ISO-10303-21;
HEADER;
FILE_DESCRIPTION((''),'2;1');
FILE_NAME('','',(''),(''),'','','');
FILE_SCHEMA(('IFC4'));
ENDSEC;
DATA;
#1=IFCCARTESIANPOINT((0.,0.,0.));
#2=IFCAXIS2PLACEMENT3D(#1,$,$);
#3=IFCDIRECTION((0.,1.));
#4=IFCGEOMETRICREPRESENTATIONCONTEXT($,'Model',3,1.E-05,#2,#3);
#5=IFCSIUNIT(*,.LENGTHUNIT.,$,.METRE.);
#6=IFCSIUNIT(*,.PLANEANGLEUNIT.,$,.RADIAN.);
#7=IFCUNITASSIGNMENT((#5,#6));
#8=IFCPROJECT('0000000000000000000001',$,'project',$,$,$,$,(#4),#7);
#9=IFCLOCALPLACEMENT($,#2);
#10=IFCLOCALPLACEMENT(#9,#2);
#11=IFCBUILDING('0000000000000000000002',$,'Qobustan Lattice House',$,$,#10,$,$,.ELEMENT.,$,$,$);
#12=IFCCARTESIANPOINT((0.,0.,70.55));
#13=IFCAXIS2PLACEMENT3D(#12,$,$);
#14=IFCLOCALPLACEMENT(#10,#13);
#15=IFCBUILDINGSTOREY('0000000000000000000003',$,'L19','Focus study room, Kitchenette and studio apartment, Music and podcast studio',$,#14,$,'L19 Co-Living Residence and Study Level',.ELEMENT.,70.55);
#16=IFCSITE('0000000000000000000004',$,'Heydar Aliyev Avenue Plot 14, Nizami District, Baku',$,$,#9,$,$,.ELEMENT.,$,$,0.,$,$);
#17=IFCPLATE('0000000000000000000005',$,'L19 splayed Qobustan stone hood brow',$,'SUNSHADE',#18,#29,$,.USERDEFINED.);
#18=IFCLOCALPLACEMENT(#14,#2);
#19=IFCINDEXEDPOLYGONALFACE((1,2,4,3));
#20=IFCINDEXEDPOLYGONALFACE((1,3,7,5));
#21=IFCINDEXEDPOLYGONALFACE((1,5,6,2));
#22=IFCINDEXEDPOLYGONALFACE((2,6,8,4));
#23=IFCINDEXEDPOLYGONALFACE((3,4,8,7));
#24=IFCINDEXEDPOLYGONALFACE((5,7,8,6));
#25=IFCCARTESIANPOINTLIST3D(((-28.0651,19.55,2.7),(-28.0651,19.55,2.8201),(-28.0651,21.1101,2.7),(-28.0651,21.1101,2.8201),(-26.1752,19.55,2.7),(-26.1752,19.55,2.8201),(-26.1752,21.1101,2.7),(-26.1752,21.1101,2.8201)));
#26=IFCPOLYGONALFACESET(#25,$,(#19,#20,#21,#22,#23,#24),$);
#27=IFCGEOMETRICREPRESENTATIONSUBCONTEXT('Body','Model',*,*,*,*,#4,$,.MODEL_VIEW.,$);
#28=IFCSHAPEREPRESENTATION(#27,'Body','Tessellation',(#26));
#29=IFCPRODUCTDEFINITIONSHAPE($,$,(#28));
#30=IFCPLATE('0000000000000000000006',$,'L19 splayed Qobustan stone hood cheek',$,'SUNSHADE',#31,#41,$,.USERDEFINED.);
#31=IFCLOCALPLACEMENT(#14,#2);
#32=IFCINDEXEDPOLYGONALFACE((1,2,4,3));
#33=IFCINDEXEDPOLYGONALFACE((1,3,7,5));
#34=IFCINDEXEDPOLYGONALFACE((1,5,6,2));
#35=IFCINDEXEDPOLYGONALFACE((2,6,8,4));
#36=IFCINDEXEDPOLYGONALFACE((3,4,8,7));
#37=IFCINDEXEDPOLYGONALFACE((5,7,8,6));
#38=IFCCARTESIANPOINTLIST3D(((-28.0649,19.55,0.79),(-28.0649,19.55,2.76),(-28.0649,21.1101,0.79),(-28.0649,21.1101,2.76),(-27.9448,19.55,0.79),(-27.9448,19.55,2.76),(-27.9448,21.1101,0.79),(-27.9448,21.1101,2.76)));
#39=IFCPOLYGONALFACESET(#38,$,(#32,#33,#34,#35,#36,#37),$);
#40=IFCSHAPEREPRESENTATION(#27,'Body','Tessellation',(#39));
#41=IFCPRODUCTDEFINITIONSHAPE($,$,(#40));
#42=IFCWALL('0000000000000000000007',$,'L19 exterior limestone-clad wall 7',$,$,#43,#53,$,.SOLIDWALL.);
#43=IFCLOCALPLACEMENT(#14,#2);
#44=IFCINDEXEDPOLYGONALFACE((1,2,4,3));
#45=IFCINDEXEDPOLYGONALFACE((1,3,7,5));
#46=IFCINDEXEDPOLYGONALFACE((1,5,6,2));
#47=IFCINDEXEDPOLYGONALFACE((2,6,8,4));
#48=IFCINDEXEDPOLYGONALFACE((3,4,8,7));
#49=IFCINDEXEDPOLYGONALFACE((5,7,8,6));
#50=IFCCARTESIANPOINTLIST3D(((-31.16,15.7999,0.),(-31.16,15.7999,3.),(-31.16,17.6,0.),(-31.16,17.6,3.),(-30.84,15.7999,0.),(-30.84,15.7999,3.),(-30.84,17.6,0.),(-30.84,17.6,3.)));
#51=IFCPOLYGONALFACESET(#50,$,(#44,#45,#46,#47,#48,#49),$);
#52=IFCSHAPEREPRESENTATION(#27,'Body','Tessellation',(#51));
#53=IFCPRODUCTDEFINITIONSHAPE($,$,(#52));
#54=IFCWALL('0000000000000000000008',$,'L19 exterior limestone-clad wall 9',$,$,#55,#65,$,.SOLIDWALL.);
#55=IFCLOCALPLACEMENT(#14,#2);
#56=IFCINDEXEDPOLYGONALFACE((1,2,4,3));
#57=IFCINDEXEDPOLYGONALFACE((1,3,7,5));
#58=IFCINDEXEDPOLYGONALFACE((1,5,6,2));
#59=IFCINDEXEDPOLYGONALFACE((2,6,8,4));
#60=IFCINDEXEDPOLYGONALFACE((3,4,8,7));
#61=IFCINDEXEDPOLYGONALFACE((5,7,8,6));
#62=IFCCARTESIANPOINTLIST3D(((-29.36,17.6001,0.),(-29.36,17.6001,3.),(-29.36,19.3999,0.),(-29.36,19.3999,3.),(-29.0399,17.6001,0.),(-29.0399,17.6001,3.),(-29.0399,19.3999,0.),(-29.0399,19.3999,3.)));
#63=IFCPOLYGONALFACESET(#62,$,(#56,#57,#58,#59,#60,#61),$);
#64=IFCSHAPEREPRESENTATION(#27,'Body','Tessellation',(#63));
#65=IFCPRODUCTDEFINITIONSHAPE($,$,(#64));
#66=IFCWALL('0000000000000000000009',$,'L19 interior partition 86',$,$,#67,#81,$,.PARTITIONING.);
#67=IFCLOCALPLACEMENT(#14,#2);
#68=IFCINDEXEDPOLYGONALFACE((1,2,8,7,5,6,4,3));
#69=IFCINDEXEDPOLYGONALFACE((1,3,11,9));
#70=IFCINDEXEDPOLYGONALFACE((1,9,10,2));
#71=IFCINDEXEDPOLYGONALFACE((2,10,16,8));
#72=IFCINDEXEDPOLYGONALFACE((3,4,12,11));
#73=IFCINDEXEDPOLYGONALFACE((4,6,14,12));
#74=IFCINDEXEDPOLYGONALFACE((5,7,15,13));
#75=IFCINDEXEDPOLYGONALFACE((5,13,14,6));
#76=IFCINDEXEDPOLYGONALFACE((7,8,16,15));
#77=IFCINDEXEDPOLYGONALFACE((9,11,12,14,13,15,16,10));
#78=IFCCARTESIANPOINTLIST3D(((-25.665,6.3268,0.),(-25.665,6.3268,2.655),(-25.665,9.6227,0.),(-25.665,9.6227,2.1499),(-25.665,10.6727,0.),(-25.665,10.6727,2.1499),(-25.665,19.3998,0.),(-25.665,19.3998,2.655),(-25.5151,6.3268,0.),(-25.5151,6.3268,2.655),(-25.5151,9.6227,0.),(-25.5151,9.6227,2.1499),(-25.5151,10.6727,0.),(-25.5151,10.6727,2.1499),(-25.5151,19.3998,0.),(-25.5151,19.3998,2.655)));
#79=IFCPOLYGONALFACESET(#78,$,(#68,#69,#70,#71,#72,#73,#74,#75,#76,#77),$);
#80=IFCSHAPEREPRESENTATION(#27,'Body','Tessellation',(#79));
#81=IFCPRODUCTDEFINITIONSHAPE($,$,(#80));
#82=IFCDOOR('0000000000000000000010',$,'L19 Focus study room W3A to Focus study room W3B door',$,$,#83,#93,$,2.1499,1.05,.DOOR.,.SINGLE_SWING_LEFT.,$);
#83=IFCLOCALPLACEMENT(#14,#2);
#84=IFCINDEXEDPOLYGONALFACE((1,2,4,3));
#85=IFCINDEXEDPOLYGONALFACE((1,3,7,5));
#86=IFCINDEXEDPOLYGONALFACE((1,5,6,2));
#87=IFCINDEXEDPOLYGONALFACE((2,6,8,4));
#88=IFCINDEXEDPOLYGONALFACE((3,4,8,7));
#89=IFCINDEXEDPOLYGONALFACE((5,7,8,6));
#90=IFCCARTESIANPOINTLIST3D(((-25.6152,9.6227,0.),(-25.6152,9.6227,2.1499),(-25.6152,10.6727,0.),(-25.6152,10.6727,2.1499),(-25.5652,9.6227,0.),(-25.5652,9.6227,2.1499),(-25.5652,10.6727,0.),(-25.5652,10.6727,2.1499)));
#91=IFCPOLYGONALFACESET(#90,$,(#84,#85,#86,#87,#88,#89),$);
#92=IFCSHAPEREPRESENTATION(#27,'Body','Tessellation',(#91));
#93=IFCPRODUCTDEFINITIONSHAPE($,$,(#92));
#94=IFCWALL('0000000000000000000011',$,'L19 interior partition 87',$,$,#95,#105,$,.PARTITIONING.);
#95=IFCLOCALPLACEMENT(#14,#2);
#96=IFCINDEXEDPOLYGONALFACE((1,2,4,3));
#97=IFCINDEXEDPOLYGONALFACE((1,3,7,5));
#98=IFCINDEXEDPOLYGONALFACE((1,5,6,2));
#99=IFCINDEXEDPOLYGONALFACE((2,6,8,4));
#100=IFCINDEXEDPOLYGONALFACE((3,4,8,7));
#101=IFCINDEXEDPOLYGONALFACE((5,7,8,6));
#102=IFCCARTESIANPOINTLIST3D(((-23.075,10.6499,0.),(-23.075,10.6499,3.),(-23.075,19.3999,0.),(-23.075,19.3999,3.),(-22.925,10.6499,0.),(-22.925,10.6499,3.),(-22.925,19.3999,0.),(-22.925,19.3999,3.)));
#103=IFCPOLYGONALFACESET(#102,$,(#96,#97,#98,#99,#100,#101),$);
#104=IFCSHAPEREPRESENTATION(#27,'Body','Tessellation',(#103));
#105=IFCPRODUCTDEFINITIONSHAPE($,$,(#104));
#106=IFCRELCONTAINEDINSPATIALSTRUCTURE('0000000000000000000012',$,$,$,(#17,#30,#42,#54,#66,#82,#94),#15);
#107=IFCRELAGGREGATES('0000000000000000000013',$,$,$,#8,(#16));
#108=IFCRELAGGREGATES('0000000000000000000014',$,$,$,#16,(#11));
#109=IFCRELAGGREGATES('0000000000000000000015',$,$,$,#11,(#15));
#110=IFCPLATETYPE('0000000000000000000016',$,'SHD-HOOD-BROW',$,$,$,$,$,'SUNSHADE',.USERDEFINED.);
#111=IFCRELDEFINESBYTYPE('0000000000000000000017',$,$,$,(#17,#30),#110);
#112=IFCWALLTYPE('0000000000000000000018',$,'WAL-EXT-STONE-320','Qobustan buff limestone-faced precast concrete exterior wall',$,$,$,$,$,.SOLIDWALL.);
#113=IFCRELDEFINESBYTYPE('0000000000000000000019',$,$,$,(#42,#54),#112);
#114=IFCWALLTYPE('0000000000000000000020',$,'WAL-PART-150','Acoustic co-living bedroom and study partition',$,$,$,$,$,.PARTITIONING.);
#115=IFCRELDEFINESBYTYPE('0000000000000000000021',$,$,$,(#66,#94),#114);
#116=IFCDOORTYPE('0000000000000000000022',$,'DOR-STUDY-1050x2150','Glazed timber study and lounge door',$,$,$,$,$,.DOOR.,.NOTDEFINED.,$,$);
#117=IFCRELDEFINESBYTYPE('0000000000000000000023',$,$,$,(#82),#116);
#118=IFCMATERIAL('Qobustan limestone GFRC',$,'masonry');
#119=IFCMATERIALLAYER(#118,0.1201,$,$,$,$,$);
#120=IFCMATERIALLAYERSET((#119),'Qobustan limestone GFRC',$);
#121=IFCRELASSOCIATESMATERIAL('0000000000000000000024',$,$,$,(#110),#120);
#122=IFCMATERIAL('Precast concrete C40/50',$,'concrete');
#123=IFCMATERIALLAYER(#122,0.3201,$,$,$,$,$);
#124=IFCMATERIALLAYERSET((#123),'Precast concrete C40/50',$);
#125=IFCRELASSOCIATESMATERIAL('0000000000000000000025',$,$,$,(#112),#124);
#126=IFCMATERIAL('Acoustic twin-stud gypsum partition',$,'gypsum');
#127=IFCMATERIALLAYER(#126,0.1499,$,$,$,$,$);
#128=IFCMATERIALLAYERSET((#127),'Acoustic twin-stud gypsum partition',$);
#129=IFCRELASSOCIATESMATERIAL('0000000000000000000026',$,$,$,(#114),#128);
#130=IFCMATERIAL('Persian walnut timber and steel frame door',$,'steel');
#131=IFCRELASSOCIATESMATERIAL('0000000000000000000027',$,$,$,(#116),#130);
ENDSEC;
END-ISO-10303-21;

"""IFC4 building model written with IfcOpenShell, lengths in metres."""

from ifc_helpers import new_model, si_unit, direction, frame, frame_2d, origin, origin_2d, place, context, subcontext, project, spatial, rectangle, extrude, material, layer, layer_set, type_object, element, fill, save


model = new_model("IFC4")

# Units and contexts
model_context = context("Model", 3, precision=1e-05, world=origin(), true_north=direction((0.0, 1.0)))
body_context = subcontext(model_context, "Body", "Model", "MODEL_VIEW")
ifc_project = project(units=[si_unit("LENGTHUNIT", "METRE"), si_unit("PLANEANGLEUNIT", "RADIAN")], contexts=[model_context])

# Site, building, storey
site_placement = place(None, origin())
site = spatial("IfcSite", under=ifc_project, at=site_placement, Name="Heydar Aliyev Avenue Plot 14, Nizami District, Baku", CompositionType="ELEMENT", RefElevation=0.0)
building_placement = place(site_placement, origin())
building = spatial("IfcBuilding", under=site, at=building_placement, Name="Qobustan Lattice House", CompositionType="ELEMENT")
storey_placement = place(building_placement, frame((0.0, 0.0, 70.55)))
storey = spatial("IfcBuildingStorey", under=building, at=storey_placement, Name="L19", Description="Focus study room, Kitchenette and studio apartment, Music and podcast studio", LongName="L19 Co-Living Residence and Study Level", CompositionType="ELEMENT", Elevation=70.55)

# Plates
ifc_material_1 = material(Name="Qobustan limestone GFRC", Category="masonry")
ifc_layer_1 = layer(ifc_material_1, 0.1201)
ifc_layer_set_1 = layer_set([ifc_layer_1], Name="Qobustan limestone GFRC")
plate_type_1 = type_object("IfcPlateType", Name="SHD-HOOD-BROW", ElementType="SUNSHADE", PredefinedType="USERDEFINED", material=ifc_layer_set_1)
plate_1_placement = place(storey_placement, frame((-27.1201, 20.3301, 2.7), z_axis=(0.0, 0.0, 1.0), x_axis=(1.0, 0.0, 0.0)))
element("IfcPlate", 1, at=plate_1_placement, inside=storey, type_object=plate_type_1, Name="L19 splayed Qobustan stone hood brow", ObjectType="SUNSHADE", PredefinedType="USERDEFINED", context=body_context, shape_type="SweptSolid", body=[
    extrude(rectangle(XDim=1.8899, YDim=1.5601, at=origin_2d()), origin(), (0.0, 0.0, 1.0), 0.1201),
])
plate_2_placement = place(storey_placement, frame((-28.0049, 20.3301, 0.79), z_axis=(0.0, 0.0, 1.0), x_axis=(1.0, 0.0, 0.0)))
element("IfcPlate", 2, at=plate_2_placement, inside=storey, type_object=plate_type_1, Name="L19 splayed Qobustan stone hood cheek", ObjectType="SUNSHADE", PredefinedType="USERDEFINED", context=body_context, shape_type="SweptSolid", body=[
    extrude(rectangle(XDim=0.1201, YDim=1.5601, at=origin_2d()), origin(), (0.0, 0.0, 1.0), 1.97),
])

# Walls
ifc_material_2 = material(Name="Precast concrete C40/50", Category="concrete")
ifc_layer_2 = layer(ifc_material_2, 0.3201)
ifc_layer_set_2 = layer_set([ifc_layer_2], Name="Precast concrete C40/50")
wall_type_1 = type_object("IfcWallType", Name="WAL-EXT-STONE-320", Description="Qobustan buff limestone-faced precast concrete exterior wall", PredefinedType="SOLIDWALL", material=ifc_layer_set_2)
wall_1_placement = place(storey_placement, frame((-31.0, 15.8, 0.0), z_axis=(0.0, 0.0, 1.0), x_axis=(0.0, 1.0, 0.0)))
element("IfcWall", 3, at=wall_1_placement, inside=storey, type_object=wall_type_1, Name="L19 exterior limestone-clad wall 7", PredefinedType="SOLIDWALL", context=body_context, shape_type="SweptSolid", body=[
    extrude(rectangle(XDim=1.8, YDim=0.3201, at=frame_2d((0.8999, 0.0))), origin(), (0.0, 0.0, 1.0), 3.0),
])
wall_2_placement = place(storey_placement, frame((-29.2, 17.6001, 0.0), z_axis=(0.0, 0.0, 1.0), x_axis=(0.0, 1.0, 0.0)))
element("IfcWall", 4, at=wall_2_placement, inside=storey, type_object=wall_type_1, Name="L19 exterior limestone-clad wall 9", PredefinedType="SOLIDWALL", context=body_context, shape_type="SweptSolid", body=[
    extrude(rectangle(XDim=1.7998, YDim=0.3201, at=frame_2d((0.8999, 0.0))), origin(), (0.0, 0.0, 1.0), 3.0),
])

# Wall, opening, door
ifc_material_3 = material(Name="Acoustic twin-stud gypsum partition", Category="gypsum")
ifc_layer_3 = layer(ifc_material_3, 0.1499)
ifc_layer_set_3 = layer_set([ifc_layer_3], Name="Acoustic twin-stud gypsum partition")
wall_type_2 = type_object("IfcWallType", Name="WAL-PART-150", Description="Acoustic co-living bedroom and study partition", PredefinedType="PARTITIONING", material=ifc_layer_set_3)
wall_3_placement = place(storey_placement, frame((-25.5901, 19.3999, 0.0), z_axis=(0.0, 0.0, 1.0), x_axis=(0.0, -1.0, 0.0)))
wall_3 = element("IfcWall", 5, at=wall_3_placement, inside=storey, type_object=wall_type_2, Name="L19 interior partition 86", PredefinedType="PARTITIONING", context=body_context, shape_type="SweptSolid", body=[
    extrude(rectangle(XDim=13.073, YDim=0.1499, at=frame_2d((6.5366, 0.0))), origin(), (0.0, 0.0, 1.0), 2.655),
])
opening_1_placement = place(wall_3_placement, frame((8.7273, 0.0, 0.0)))
opening_1 = element("IfcOpeningElement", 6, at=opening_1_placement, cuts=wall_3, PredefinedType="OPENING", context=body_context, shape_type="SweptSolid", body=[
    extrude(rectangle(XDim=1.05, YDim=2.1499, at=frame_2d((0.5249, 1.075))), frame((0.0, 0.085, 0.0), z_axis=(0.0, -1.0, 0.0), x_axis=(1.0, 0.0, 0.0)), (0.0, 0.0, 1.0), 0.1699),
])
ifc_material_4 = material(Name="Persian walnut timber and steel frame door", Category="steel")
door_type = type_object("IfcDoorType", Name="DOR-STUDY-1050x2150", Description="Glazed timber study and lounge door", OperationType="NOTDEFINED", PredefinedType="DOOR", material=ifc_material_4)
door_placement = place(opening_1_placement, origin())
door = element("IfcDoor", 7, at=door_placement, inside=storey, type_object=door_type, Name="L19 Focus study room W3A to Focus study room W3B door", OperationType="SINGLE_SWING_LEFT", OverallHeight=2.1499, OverallWidth=1.05, PredefinedType="DOOR", context=body_context, shape_type="SweptSolid", body=[
    extrude(rectangle(XDim=1.05, YDim=2.1499, at=frame_2d((0.5249, 1.075))), frame((0.0, 0.0249, 0.0), z_axis=(0.0, -1.0, 0.0), x_axis=(1.0, 0.0, 0.0)), (0.0, 0.0, 1.0), 0.05),
])
fill(opening_1, door)

# Wall
wall_4_placement = place(storey_placement, frame((-23.0, 19.3999, 0.0), z_axis=(0.0, 0.0, 1.0), x_axis=(0.0, -1.0, 0.0)))
element("IfcWall", 8, at=wall_4_placement, inside=storey, type_object=wall_type_2, Name="L19 interior partition 87", PredefinedType="PARTITIONING", context=body_context, shape_type="SweptSolid", body=[
    extrude(rectangle(XDim=8.75, YDim=0.1499, at=frame_2d((4.375, 0.0))), origin(), (0.0, 0.0, 1.0), 3.0),
])

save(model, "model.ifc")
